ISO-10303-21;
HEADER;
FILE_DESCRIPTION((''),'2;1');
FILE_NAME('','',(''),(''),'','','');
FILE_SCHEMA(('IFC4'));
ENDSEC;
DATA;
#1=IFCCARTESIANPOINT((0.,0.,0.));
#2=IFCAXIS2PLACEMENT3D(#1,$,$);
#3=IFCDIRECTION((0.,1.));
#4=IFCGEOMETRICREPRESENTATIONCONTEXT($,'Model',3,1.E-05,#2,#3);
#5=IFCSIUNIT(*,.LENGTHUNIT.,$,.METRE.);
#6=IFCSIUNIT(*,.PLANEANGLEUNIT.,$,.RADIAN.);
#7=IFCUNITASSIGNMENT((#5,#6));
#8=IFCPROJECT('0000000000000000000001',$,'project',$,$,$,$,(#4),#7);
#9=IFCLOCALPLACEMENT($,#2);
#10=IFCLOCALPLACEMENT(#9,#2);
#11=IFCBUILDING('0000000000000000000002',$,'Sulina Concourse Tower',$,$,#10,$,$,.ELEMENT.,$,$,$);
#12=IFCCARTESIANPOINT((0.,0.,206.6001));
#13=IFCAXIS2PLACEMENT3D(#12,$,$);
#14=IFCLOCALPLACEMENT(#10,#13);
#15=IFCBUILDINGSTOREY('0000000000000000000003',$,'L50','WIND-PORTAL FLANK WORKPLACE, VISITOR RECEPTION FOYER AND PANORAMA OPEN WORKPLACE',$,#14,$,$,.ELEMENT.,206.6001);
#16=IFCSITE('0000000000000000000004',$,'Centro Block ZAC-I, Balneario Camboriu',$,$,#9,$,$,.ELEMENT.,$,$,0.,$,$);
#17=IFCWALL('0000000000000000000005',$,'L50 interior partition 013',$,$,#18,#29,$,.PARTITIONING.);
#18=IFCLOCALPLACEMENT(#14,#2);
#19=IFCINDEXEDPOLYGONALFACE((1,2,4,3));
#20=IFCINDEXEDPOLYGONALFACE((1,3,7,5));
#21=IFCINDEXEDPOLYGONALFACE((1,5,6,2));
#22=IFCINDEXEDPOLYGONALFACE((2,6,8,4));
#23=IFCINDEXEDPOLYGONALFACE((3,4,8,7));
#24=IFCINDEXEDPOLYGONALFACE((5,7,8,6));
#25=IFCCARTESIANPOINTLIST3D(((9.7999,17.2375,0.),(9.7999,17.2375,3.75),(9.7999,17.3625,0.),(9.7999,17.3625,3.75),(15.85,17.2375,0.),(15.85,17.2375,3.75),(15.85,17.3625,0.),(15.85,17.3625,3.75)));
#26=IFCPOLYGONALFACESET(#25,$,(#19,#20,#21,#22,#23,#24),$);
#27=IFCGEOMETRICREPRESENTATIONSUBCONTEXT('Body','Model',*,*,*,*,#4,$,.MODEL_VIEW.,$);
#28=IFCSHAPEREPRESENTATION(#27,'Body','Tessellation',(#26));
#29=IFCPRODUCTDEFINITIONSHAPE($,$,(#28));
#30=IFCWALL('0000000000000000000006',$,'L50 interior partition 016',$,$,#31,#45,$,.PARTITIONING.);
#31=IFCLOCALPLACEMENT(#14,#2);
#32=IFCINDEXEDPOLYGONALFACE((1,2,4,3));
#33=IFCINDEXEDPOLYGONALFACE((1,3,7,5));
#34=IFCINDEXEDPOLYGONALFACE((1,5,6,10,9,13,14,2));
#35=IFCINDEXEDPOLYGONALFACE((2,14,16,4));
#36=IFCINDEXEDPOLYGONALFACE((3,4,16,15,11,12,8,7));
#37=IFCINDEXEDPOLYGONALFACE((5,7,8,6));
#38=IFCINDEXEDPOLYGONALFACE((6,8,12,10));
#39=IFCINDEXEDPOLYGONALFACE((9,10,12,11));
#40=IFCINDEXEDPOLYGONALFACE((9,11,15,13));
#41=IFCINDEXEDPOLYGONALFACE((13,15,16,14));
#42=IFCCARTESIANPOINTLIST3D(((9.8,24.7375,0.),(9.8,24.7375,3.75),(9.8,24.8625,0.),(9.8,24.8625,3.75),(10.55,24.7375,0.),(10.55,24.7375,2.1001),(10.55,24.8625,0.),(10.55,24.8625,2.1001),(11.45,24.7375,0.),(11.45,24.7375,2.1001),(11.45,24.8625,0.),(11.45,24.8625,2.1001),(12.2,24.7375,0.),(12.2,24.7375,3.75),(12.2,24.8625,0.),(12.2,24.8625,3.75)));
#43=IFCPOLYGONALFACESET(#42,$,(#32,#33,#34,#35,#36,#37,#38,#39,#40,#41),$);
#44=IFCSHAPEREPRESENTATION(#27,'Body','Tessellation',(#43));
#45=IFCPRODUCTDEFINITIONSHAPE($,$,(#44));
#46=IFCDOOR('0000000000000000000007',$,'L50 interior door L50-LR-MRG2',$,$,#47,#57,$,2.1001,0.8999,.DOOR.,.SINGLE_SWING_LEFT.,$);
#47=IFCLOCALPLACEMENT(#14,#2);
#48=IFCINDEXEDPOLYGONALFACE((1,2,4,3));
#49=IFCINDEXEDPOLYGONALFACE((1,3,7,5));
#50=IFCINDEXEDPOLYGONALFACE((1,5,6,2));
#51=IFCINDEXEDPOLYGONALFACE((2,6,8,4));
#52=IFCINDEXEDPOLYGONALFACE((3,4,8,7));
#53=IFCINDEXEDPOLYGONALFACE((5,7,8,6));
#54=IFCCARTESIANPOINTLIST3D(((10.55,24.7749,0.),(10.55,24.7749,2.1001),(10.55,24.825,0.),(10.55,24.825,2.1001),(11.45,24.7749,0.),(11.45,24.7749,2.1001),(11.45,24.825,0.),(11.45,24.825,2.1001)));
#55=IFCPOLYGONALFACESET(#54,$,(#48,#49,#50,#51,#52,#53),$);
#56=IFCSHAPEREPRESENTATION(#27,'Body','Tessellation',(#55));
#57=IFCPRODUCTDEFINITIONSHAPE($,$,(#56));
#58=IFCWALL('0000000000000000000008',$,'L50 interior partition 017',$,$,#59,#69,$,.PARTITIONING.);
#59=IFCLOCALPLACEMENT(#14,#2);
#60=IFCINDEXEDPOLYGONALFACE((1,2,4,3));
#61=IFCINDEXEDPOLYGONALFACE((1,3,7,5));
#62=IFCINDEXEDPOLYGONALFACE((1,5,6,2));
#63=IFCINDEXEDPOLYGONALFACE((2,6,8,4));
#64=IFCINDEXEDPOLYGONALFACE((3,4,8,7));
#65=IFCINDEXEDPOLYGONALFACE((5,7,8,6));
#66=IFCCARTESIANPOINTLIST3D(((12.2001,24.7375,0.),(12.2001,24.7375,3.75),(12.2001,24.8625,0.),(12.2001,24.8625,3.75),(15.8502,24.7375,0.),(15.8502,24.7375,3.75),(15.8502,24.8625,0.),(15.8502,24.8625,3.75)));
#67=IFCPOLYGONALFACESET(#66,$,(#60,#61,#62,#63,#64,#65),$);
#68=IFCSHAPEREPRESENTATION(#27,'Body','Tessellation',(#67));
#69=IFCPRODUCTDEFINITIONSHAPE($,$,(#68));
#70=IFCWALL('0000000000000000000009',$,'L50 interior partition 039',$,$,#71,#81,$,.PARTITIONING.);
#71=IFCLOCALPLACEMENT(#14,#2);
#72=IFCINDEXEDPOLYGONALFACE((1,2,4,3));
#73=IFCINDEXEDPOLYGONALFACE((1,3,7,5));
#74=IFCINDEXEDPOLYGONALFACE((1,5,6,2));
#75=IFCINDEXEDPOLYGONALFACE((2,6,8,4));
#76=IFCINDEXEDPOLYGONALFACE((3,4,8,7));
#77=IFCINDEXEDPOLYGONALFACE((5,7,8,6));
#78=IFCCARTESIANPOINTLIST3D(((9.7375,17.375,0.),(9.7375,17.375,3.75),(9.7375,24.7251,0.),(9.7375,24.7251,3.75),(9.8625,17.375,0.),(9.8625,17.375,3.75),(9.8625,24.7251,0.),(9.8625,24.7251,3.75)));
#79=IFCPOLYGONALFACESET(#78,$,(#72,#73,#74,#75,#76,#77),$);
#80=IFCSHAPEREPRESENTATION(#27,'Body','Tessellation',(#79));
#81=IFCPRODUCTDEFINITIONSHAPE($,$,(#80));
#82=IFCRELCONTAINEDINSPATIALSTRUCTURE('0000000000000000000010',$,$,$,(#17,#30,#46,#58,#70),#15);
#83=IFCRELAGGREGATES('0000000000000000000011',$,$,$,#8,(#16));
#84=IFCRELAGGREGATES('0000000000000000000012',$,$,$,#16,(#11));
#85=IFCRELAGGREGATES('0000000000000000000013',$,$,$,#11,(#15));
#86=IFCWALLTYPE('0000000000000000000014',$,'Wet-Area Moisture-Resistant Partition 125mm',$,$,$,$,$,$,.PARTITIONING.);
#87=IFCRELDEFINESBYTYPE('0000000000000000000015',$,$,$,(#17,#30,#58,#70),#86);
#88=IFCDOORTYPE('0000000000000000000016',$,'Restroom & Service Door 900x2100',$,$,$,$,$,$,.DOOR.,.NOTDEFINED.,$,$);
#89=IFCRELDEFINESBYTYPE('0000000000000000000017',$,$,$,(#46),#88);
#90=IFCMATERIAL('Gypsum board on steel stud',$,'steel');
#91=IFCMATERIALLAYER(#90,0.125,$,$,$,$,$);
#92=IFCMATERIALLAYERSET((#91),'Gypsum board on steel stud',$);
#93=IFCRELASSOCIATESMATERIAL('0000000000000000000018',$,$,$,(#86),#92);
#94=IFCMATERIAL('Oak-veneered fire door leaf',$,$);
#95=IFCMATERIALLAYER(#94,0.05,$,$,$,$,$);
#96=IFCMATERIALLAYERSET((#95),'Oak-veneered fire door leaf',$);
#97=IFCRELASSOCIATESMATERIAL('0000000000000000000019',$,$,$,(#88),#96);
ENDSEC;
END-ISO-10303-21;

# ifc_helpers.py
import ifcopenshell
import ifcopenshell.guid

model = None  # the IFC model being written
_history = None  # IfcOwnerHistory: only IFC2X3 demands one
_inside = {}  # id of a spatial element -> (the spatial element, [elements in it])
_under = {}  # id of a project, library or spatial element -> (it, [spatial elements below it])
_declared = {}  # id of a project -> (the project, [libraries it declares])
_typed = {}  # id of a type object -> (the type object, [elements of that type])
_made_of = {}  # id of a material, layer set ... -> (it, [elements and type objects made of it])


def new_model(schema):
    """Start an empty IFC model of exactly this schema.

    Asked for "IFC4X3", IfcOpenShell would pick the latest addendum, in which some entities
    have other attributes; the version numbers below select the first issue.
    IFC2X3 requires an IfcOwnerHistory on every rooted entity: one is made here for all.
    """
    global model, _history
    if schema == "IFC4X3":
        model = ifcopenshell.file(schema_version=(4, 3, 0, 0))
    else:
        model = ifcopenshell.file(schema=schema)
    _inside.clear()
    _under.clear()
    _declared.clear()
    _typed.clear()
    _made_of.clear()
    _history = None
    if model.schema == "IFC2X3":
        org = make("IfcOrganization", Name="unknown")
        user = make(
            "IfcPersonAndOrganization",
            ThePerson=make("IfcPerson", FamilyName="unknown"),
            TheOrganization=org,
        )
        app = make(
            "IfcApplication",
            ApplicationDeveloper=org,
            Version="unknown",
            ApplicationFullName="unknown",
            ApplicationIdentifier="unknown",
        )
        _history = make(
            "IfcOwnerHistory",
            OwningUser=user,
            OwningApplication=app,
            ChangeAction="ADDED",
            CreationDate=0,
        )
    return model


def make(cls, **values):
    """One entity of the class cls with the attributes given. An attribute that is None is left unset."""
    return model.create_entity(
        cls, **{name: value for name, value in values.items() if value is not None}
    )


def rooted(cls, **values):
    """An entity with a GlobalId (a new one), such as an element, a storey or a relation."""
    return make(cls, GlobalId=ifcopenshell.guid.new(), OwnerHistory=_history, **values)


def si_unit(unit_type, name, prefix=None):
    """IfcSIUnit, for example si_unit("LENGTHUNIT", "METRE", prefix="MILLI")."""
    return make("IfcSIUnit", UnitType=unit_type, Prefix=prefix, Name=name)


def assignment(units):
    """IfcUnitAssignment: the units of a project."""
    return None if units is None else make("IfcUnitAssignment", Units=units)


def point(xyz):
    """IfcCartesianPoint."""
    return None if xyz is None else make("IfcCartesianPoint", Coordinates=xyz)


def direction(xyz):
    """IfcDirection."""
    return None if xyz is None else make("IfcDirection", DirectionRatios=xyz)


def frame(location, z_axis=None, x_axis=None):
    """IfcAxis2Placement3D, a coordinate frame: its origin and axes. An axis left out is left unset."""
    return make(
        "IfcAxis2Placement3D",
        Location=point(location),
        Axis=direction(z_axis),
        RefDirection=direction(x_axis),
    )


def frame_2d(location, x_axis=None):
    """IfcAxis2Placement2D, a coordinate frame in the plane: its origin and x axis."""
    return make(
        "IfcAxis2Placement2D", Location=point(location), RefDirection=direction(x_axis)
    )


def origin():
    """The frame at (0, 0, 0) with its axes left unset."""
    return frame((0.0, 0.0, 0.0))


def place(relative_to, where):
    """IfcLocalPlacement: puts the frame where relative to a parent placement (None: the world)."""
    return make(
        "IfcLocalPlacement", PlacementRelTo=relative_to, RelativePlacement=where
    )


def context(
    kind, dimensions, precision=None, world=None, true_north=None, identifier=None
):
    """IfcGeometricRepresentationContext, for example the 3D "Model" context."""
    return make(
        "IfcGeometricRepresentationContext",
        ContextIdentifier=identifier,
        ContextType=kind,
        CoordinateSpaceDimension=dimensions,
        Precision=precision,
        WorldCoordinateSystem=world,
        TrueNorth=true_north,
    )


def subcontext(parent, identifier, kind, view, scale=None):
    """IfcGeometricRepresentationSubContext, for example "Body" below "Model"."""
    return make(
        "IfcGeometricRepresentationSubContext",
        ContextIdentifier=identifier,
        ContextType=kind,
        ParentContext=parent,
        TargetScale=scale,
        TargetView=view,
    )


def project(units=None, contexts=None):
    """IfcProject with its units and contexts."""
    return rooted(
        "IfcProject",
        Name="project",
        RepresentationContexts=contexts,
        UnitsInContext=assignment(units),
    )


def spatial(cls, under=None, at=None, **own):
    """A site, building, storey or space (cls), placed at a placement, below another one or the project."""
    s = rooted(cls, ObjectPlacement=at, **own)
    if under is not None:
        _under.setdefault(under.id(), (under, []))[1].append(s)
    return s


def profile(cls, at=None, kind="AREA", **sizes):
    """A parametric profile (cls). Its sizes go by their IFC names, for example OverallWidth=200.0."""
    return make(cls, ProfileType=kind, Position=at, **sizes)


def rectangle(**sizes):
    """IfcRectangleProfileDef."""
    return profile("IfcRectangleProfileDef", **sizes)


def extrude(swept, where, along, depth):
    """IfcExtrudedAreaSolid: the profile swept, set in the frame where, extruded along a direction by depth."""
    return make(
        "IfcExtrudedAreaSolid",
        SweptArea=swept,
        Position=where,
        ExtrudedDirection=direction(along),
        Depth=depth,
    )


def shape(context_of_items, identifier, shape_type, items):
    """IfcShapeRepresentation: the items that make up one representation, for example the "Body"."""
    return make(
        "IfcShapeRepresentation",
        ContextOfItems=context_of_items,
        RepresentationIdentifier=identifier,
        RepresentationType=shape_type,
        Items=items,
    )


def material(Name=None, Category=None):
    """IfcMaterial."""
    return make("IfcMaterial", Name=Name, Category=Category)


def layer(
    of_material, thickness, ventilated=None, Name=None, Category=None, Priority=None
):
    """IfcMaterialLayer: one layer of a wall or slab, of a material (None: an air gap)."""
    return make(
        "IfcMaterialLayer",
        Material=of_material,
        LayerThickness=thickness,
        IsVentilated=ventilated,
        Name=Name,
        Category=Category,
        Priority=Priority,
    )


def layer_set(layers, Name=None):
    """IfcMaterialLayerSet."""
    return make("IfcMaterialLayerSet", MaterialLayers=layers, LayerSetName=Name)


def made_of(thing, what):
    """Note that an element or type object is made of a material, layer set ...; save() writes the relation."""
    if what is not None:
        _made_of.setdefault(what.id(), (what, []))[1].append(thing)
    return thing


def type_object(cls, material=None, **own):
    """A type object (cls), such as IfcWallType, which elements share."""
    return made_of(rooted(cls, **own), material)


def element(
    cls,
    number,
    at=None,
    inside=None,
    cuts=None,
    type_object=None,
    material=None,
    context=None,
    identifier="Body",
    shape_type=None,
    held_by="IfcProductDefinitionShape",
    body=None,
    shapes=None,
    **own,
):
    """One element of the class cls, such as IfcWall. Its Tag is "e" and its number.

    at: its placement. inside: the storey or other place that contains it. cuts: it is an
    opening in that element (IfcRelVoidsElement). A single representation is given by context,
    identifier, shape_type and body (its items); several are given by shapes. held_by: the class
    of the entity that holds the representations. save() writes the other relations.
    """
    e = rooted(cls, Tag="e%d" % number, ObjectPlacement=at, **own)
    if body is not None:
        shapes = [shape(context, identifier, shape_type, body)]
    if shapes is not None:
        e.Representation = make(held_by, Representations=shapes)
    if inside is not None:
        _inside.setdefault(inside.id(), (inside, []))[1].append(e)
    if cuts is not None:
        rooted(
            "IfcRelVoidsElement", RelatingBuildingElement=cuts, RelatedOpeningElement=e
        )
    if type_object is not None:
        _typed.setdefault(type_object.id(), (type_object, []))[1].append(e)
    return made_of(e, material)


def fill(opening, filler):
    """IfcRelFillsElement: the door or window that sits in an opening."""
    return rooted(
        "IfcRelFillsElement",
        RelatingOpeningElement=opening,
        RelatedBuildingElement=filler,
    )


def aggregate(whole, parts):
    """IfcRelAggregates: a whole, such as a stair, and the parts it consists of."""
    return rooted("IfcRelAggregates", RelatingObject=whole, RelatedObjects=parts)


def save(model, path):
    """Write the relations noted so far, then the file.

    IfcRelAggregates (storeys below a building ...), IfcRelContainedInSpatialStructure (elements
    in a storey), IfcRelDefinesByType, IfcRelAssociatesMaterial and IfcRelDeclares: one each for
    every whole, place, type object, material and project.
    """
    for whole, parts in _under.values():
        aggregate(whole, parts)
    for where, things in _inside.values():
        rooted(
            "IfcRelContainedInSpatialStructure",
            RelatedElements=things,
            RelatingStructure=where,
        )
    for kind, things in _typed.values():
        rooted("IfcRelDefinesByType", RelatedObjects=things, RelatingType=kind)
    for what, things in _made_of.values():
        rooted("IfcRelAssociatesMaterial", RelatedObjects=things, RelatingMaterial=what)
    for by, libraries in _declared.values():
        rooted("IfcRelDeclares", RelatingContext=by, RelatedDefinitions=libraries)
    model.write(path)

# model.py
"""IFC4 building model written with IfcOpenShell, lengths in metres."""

from ifc_helpers import new_model, si_unit, direction, frame, frame_2d, origin, place, context, subcontext, project, spatial, rectangle, extrude, material, layer, layer_set, type_object, element, fill, save


model = new_model("IFC4")

# Units and contexts
model_context = context("Model", 3, precision=1e-05, world=origin(), true_north=direction((0.0, 1.0)))
body_context = subcontext(model_context, "Body", "Model", "MODEL_VIEW")
ifc_project = project(units=[si_unit("LENGTHUNIT", "METRE"), si_unit("PLANEANGLEUNIT", "RADIAN")], contexts=[model_context])

# Site, building, storey
site_placement = place(None, origin())
site = spatial("IfcSite", under=ifc_project, at=site_placement, Name="Centro Block ZAC-I, Balneario Camboriu", CompositionType="ELEMENT", RefElevation=0.0)
building_placement = place(site_placement, origin())
building = spatial("IfcBuilding", under=site, at=building_placement, Name="Sulina Concourse Tower", CompositionType="ELEMENT")
storey_placement = place(building_placement, frame((0.0, 0.0, 206.6001)))
storey = spatial("IfcBuildingStorey", under=building, at=storey_placement, Name="L50", Description="WIND-PORTAL FLANK WORKPLACE, VISITOR RECEPTION FOYER AND PANORAMA OPEN WORKPLACE", CompositionType="ELEMENT", Elevation=206.6001)

# Wall
ifc_material_1 = material(Name="Gypsum board on steel stud", Category="steel")
ifc_layer_1 = layer(ifc_material_1, 0.125)
ifc_layer_set_1 = layer_set([ifc_layer_1], Name="Gypsum board on steel stud")
wall_type_1 = type_object("IfcWallType", Name="Wet-Area Moisture-Resistant Partition 125mm", PredefinedType="PARTITIONING", material=ifc_layer_set_1)
wall_1_placement = place(storey_placement, frame((9.8, 17.3, 0.0), z_axis=(0.0, 0.0, 1.0), x_axis=(1.0, 0.0, 0.0)))
element("IfcWall", 1, at=wall_1_placement, inside=storey, type_object=wall_type_1, Name="L50 interior partition 013", PredefinedType="PARTITIONING", context=body_context, shape_type="SweptSolid", body=[
    extrude(rectangle(XDim=6.05, YDim=0.125, at=frame_2d((3.0249, 0.0))), origin(), (0.0, 0.0, 1.0), 3.75),
])

# Wall, opening, door
wall_2_placement = place(storey_placement, frame((9.8, 24.8, 0.0), z_axis=(0.0, 0.0, 1.0), x_axis=(1.0, 0.0, 0.0)))
wall_2 = element("IfcWall", 2, at=wall_2_placement, inside=storey, type_object=wall_type_1, Name="L50 interior partition 016", PredefinedType="PARTITIONING", context=body_context, shape_type="SweptSolid", body=[
    extrude(rectangle(XDim=2.3999, YDim=0.125, at=frame_2d((1.2, 0.0))), origin(), (0.0, 0.0, 1.0), 3.75),
])
opening_1_placement = place(wall_2_placement, frame((0.75, 0.0, 0.0)))
opening_1 = element("IfcOpeningElement", 3, at=opening_1_placement, cuts=wall_2, PredefinedType="OPENING", context=body_context, shape_type="SweptSolid", body=[
    extrude(rectangle(XDim=0.8999, YDim=2.1001, at=frame_2d((0.45, 1.05))), frame((0.0, 0.0725, 0.0), z_axis=(0.0, -1.0, 0.0), x_axis=(1.0, 0.0, 0.0)), (0.0, 0.0, 1.0), 0.145),
])
ifc_material_2 = material(Name="Oak-veneered fire door leaf")
ifc_layer_2 = layer(ifc_material_2, 0.05)
ifc_layer_set_2 = layer_set([ifc_layer_2], Name="Oak-veneered fire door leaf")
door_type_1 = type_object("IfcDoorType", Name="Restroom & Service Door 900x2100", OperationType="NOTDEFINED", PredefinedType="DOOR", material=ifc_layer_set_2)
door_1_placement = place(opening_1_placement, origin())
door_1 = element("IfcDoor", 4, at=door_1_placement, inside=storey, type_object=door_type_1, Name="L50 interior door L50-LR-MRG2", OperationType="SINGLE_SWING_LEFT", OverallHeight=2.1001, OverallWidth=0.8999, PredefinedType="DOOR", context=body_context, shape_type="SweptSolid", body=[
    extrude(rectangle(XDim=0.8999, YDim=2.1001, at=frame_2d((0.45, 1.05))), frame((0.0, 0.0249, 0.0), z_axis=(0.0, -1.0, 0.0), x_axis=(1.0, 0.0, 0.0)), (0.0, 0.0, 1.0), 0.05),
])
fill(opening_1, door_1)

# Walls
wall_3_placement = place(storey_placement, frame((12.2, 24.8, 0.0), z_axis=(0.0, 0.0, 1.0), x_axis=(1.0, 0.0, 0.0)))
element("IfcWall", 5, at=wall_3_placement, inside=storey, type_object=wall_type_1, Name="L50 interior partition 017", PredefinedType="PARTITIONING", context=body_context, shape_type="SweptSolid", body=[
    extrude(rectangle(XDim=3.6501, YDim=0.125, at=frame_2d((1.8252, 0.0))), origin(), (0.0, 0.0, 1.0), 3.75),
])
wall_4_placement = place(storey_placement, frame((9.8, 17.375, 0.0), z_axis=(0.0, 0.0, 1.0), x_axis=(0.0, 1.0, 0.0)))
element("IfcWall", 6, at=wall_4_placement, inside=storey, type_object=wall_type_1, Name="L50 interior partition 039", PredefinedType="PARTITIONING", context=body_context, shape_type="SweptSolid", body=[
    extrude(rectangle(XDim=7.3501, YDim=0.125, at=frame_2d((3.675, 0.0))), origin(), (0.0, 0.0, 1.0), 3.75),
])

save(model, "model.ifc")
